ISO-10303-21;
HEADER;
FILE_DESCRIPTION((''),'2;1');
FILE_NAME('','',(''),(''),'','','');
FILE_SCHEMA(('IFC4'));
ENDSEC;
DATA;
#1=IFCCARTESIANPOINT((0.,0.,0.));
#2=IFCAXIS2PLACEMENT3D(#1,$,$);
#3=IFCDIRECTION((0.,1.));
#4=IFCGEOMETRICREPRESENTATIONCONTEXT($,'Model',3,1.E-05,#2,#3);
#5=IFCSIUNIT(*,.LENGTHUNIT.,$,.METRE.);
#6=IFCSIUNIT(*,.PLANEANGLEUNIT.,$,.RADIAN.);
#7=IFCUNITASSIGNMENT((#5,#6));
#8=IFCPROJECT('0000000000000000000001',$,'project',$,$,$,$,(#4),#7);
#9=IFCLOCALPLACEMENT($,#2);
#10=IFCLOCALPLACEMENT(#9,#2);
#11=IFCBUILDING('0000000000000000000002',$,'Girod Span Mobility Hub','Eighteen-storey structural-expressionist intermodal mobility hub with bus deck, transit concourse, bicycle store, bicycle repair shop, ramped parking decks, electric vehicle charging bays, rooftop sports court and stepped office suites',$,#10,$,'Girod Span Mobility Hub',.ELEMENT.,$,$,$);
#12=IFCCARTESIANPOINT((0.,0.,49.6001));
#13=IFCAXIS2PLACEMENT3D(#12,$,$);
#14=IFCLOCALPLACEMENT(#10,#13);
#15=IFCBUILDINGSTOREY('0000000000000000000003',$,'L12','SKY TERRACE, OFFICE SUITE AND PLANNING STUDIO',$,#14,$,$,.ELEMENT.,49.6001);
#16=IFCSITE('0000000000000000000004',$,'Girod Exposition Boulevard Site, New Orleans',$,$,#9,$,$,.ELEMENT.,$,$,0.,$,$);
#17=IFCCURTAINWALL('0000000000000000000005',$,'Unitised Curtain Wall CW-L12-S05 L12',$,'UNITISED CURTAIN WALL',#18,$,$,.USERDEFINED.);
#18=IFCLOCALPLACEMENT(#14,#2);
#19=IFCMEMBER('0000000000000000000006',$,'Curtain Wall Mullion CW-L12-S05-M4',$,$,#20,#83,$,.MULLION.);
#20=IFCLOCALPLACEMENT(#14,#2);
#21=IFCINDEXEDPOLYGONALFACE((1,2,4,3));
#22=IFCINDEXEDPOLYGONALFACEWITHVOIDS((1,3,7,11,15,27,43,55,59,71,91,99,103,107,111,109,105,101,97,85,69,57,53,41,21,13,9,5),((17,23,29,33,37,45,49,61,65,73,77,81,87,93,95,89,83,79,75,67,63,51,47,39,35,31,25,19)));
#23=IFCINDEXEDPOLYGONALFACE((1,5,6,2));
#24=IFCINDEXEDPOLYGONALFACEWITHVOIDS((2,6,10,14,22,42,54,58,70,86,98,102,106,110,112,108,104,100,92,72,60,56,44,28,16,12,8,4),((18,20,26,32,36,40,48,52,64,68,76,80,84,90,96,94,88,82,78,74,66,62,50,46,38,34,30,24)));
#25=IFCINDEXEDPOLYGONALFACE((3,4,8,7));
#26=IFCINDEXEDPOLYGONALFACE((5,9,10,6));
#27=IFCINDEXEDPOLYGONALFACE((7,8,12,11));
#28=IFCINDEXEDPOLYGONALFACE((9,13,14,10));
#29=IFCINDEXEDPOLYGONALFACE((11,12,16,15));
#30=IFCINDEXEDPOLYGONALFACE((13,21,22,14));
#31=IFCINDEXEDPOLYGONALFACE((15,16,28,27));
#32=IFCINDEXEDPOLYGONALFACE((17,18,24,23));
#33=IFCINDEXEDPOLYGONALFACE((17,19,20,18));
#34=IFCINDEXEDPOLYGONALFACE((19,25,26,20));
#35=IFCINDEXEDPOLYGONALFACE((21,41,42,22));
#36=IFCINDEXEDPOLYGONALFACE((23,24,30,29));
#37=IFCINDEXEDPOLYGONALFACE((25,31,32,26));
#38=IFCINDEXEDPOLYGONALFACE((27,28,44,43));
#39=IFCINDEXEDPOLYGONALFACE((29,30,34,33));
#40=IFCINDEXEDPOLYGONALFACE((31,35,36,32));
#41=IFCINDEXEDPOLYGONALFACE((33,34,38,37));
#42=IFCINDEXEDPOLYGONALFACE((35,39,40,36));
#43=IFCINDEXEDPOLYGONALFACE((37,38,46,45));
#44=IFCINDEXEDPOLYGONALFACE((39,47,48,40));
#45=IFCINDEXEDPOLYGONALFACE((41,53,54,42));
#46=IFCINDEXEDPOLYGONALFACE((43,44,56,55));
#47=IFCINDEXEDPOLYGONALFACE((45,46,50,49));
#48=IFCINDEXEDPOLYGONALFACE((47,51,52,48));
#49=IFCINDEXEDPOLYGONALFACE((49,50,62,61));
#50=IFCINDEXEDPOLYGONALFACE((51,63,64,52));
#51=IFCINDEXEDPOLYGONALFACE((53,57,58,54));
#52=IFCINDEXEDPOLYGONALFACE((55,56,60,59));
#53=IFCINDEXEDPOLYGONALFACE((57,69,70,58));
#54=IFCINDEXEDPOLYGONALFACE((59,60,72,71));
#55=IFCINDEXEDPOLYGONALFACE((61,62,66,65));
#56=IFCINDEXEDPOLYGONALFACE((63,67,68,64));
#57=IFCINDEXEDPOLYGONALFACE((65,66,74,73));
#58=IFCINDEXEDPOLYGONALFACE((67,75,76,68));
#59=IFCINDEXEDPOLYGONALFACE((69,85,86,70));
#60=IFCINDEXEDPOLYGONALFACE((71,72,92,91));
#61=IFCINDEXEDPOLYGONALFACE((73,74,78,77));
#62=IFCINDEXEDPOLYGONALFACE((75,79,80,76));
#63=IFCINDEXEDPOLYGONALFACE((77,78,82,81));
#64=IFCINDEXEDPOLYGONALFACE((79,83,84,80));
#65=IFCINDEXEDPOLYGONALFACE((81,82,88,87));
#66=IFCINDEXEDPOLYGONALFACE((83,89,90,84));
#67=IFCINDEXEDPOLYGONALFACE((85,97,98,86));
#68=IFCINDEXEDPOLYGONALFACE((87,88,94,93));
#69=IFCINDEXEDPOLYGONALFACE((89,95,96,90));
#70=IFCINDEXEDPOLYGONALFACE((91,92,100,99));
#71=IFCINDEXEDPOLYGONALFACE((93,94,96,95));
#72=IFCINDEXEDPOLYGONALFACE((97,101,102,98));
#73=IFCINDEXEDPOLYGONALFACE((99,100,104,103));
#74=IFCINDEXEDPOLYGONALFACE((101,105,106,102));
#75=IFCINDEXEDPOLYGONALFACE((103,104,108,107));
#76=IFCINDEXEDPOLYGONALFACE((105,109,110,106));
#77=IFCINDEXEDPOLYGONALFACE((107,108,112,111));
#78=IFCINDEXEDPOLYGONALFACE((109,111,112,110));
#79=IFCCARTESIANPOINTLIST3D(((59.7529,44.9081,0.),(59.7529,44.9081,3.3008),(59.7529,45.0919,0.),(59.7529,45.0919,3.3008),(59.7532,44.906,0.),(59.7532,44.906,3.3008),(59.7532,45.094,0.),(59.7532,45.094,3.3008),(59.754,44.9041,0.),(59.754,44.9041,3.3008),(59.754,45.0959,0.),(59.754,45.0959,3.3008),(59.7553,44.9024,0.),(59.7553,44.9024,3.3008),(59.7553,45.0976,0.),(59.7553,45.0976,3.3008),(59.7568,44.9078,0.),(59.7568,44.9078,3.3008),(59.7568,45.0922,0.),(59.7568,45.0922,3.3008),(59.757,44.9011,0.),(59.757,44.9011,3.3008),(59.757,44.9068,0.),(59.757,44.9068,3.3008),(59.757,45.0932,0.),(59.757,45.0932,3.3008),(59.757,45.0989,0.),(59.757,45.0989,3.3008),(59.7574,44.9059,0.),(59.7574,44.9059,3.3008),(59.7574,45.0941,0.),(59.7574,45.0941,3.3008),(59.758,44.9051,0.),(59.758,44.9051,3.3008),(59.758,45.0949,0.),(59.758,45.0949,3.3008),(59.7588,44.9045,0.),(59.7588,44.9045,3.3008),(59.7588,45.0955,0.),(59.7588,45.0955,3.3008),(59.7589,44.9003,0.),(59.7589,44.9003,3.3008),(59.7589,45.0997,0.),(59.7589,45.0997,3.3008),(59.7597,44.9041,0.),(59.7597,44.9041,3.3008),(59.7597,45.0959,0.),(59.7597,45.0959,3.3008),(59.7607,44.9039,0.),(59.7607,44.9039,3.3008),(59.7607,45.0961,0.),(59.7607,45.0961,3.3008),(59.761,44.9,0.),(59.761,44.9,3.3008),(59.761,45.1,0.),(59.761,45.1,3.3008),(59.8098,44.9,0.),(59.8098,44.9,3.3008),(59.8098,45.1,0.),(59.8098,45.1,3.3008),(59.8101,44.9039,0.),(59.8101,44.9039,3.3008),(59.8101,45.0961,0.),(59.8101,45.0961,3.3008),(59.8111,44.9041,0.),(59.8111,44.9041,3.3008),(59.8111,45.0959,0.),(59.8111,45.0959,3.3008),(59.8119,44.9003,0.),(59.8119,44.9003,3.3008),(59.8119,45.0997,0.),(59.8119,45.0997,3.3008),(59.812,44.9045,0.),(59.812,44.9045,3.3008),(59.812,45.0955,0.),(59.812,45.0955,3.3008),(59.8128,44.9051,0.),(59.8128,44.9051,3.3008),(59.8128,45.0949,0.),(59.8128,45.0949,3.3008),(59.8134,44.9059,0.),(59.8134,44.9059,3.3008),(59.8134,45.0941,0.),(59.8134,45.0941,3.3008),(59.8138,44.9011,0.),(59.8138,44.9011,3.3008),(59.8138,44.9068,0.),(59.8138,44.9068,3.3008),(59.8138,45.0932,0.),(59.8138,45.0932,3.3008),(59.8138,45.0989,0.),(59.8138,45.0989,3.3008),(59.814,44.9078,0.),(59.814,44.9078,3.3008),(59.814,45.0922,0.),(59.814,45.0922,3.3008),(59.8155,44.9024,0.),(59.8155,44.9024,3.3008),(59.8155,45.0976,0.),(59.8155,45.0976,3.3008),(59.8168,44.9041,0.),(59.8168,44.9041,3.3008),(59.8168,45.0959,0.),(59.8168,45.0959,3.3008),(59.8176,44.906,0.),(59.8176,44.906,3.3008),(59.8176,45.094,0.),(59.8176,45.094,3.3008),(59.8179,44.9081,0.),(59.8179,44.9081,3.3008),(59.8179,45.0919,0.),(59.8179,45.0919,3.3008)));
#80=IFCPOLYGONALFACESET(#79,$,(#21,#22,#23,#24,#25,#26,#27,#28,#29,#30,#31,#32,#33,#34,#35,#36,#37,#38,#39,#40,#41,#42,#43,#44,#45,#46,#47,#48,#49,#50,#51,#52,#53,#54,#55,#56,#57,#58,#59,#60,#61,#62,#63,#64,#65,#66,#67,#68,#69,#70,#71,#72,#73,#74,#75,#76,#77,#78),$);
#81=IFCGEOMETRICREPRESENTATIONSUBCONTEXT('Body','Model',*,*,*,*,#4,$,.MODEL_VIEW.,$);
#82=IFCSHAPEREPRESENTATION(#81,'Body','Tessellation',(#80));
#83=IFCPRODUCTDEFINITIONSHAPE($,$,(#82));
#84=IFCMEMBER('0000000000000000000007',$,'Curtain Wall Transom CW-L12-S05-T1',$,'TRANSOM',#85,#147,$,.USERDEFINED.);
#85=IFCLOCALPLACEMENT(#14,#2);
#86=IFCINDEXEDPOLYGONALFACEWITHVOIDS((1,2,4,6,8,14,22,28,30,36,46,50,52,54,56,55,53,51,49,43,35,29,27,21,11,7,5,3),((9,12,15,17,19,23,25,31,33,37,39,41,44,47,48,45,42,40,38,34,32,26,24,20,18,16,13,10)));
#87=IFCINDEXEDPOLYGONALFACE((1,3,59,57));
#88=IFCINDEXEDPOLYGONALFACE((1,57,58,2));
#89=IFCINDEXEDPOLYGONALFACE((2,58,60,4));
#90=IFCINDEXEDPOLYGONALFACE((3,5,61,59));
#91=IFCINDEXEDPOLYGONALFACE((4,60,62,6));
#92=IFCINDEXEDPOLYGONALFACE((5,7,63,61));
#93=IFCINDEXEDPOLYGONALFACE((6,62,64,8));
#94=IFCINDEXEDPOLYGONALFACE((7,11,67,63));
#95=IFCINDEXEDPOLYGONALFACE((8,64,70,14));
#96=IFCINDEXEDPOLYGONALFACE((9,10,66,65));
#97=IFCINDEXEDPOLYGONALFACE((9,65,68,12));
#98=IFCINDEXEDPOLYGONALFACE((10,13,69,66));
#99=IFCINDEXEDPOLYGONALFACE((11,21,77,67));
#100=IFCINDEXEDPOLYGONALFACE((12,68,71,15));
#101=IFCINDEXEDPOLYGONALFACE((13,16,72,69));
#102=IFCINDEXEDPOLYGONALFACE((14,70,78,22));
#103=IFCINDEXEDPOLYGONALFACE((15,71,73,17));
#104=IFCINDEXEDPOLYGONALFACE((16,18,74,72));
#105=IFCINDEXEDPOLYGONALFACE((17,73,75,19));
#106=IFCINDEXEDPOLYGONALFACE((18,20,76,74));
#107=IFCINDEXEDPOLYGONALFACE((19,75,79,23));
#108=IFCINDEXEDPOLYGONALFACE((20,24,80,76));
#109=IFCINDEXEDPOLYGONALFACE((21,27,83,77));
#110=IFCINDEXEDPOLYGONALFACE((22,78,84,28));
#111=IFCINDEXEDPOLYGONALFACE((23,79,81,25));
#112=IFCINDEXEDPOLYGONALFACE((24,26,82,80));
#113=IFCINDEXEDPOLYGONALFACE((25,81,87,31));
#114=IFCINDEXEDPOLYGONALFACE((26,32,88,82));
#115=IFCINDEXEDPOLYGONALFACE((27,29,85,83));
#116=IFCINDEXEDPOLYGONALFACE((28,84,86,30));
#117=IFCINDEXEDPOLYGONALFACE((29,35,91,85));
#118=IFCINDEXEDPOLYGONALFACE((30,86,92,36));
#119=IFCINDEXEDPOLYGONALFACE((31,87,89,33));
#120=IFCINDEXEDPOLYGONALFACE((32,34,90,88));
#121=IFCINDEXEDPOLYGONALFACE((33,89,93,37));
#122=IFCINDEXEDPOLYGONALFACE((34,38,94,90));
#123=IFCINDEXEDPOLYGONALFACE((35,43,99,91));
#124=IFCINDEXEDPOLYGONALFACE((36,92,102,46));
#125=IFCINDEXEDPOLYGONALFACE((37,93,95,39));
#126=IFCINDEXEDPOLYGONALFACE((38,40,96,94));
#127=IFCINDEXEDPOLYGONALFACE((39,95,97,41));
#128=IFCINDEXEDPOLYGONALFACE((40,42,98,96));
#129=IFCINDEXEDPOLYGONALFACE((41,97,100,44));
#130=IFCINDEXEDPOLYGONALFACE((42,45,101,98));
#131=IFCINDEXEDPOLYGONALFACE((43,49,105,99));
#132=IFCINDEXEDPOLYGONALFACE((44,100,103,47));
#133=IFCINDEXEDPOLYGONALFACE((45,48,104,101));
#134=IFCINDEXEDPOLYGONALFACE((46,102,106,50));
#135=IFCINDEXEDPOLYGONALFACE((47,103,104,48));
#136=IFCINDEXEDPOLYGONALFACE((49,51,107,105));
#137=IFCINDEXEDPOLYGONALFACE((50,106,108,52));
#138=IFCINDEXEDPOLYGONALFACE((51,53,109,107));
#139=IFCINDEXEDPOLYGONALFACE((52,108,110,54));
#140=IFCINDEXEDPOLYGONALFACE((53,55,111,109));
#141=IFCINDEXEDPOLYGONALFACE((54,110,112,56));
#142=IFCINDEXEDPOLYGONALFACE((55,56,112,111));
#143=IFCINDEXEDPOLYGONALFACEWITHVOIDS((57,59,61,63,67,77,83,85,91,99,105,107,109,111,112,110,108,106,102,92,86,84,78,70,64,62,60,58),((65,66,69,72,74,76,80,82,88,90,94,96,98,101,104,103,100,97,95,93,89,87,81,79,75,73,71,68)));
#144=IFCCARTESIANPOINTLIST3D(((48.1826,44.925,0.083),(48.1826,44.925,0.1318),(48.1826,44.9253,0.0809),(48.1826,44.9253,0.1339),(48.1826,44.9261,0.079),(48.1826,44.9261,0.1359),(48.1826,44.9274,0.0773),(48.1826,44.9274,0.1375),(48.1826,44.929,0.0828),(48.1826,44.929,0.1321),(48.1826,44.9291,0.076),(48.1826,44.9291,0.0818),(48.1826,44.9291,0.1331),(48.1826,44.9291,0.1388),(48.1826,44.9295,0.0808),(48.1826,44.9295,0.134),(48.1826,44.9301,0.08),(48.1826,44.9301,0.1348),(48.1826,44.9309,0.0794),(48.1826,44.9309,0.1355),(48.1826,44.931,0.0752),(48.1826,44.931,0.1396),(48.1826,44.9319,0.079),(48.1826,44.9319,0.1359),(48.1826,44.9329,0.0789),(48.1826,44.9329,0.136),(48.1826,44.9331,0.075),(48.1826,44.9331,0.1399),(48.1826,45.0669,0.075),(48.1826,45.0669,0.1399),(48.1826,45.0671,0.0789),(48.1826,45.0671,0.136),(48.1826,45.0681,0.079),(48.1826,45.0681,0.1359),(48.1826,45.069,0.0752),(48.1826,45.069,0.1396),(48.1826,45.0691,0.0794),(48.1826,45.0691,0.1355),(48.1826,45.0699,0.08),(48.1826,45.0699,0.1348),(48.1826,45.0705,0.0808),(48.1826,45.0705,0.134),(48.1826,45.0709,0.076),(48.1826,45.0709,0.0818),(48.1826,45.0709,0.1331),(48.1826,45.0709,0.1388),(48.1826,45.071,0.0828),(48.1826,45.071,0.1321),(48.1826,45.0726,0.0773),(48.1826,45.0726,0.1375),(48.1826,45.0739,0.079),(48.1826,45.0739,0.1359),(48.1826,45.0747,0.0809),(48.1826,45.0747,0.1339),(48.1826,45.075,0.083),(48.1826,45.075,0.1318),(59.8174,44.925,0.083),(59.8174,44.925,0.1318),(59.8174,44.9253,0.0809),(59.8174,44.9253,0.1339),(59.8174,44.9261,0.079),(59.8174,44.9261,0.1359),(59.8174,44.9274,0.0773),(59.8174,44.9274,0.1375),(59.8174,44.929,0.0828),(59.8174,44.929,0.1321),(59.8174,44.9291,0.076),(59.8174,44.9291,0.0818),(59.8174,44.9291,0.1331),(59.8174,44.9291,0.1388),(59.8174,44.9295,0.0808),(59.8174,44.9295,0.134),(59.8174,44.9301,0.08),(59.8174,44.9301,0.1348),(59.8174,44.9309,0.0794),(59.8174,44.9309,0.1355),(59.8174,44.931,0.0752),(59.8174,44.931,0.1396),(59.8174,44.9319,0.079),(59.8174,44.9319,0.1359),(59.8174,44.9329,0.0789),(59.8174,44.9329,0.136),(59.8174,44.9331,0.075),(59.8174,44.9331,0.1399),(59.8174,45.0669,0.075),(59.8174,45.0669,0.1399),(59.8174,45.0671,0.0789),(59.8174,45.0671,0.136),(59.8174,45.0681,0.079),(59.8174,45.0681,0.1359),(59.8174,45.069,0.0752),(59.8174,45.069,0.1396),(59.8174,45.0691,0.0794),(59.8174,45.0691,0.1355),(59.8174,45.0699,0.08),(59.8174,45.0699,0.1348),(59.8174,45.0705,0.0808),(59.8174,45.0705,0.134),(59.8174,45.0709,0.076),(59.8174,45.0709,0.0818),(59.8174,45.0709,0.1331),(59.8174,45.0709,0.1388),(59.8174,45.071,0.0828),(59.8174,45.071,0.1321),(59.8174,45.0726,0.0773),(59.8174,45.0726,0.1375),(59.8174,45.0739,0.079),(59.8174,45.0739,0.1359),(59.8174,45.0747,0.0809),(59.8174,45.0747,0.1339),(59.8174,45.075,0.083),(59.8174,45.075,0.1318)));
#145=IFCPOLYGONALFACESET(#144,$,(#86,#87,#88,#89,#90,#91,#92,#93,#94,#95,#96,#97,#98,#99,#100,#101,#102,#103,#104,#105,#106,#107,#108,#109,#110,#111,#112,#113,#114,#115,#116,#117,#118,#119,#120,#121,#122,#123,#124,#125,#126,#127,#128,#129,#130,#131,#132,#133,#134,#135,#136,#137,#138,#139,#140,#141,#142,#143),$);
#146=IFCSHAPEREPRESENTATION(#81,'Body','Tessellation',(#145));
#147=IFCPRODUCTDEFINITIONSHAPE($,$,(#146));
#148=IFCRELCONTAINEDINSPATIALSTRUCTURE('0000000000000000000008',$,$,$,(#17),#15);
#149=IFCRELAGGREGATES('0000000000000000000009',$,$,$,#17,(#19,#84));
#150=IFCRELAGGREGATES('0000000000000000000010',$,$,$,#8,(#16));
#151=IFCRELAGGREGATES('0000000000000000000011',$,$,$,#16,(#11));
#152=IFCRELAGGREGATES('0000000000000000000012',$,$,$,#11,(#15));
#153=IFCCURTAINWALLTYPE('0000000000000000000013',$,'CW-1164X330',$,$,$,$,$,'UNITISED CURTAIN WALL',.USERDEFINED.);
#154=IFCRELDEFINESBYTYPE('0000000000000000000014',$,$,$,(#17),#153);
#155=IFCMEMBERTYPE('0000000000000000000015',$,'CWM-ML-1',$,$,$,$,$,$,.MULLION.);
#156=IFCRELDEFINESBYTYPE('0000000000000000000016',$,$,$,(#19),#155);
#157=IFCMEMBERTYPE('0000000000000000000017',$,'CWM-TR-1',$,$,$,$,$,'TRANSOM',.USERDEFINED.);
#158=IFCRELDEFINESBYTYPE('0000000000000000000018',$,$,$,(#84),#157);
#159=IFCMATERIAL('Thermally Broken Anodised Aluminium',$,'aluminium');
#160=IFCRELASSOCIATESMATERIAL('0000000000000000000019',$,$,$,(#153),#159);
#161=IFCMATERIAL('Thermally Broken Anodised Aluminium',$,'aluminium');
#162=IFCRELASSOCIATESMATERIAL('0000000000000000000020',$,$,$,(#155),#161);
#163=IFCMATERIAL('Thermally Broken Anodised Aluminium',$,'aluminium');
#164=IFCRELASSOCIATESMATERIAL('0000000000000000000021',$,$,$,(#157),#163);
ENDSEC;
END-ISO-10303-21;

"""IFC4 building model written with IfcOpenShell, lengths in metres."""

from ifc_helpers import new_model, si_unit, direction, frame, origin, origin_2d, place, context, subcontext, project, spatial, hollow_rectangle, extrude, material, material_profile, profile_set, type_object, element, aggregate, save


model = new_model("IFC4")

# Units and contexts
model_context = context("Model", 3, precision=1e-05, world=origin(), true_north=direction((0.0, 1.0)))
body_context = subcontext(model_context, "Body", "Model", "MODEL_VIEW")
ifc_project = project(units=[si_unit("LENGTHUNIT", "METRE"), si_unit("PLANEANGLEUNIT", "RADIAN")], contexts=[model_context])

# Site, building, storey
site_placement = place(None, origin())
site = spatial("IfcSite", under=ifc_project, at=site_placement, Name="Girod Exposition Boulevard Site, New Orleans", CompositionType="ELEMENT", RefElevation=0.0)
building_placement = place(site_placement, origin())
building = spatial("IfcBuilding", under=site, at=building_placement, Name="Girod Span Mobility Hub", Description="Eighteen-storey structural-expressionist intermodal mobility hub with bus deck, transit concourse, bicycle store, bicycle repair shop, ramped parking decks, electric vehicle charging bays, rooftop sports court and stepped office suites", LongName="Girod Span Mobility Hub", CompositionType="ELEMENT")
storey_placement = place(building_placement, frame((0.0, 0.0, 49.6001)))
storey = spatial("IfcBuildingStorey", under=building, at=storey_placement, Name="L12", Description="SKY TERRACE, OFFICE SUITE AND PLANNING STUDIO", CompositionType="ELEMENT", Elevation=49.6001)

# Curtain wall, members
ifc_material_1 = material(Name="Thermally Broken Anodised Aluminium", Category="aluminium")
curtain_wall_type = type_object("IfcCurtainWallType", Name="CW-1164X330", ElementType="UNITISED CURTAIN WALL", PredefinedType="USERDEFINED", material=ifc_material_1)
curtain_wall_placement = place(storey_placement, origin())
curtain_wall = element("IfcCurtainWall", 1, at=curtain_wall_placement, inside=storey, type_object=curtain_wall_type, Name="Unitised Curtain Wall CW-L12-S05 L12", ObjectType="UNITISED CURTAIN WALL", PredefinedType="USERDEFINED")
ifc_material_2 = material(Name="Thermally Broken Anodised Aluminium", Category="aluminium")
ifc_material_profile_1 = material_profile(ifc_material_2, hollow_rectangle(XDim=0.2, YDim=0.0649, WallThickness=0.0039, InnerFilletRadius=0.0039, OuterFilletRadius=0.0081, at=origin_2d()), Name="CW-ML-65X200")
ifc_profile_set_1 = profile_set([ifc_material_profile_1], Name="Thermally Broken Anodised Aluminium")
member_type_1 = type_object("IfcMemberType", Name="CWM-ML-1", PredefinedType="MULLION", material=ifc_profile_set_1)
member_1_placement = place(storey_placement, frame((59.7854, 45.0, 0.0), z_axis=(0.0, 0.0, 1.0), x_axis=(0.0, 1.0, 0.0)))
member_1 = element("IfcMember", 2, at=member_1_placement, type_object=member_type_1, Name="Curtain Wall Mullion CW-L12-S05-M4", PredefinedType="MULLION", context=body_context, shape_type="SweptSolid", body=[
    extrude(hollow_rectangle(XDim=0.2, YDim=0.0649, WallThickness=0.0039, InnerFilletRadius=0.0039, OuterFilletRadius=0.0081, at=origin_2d()), origin(), (0.0, 0.0, 1.0), 3.3008),
])
ifc_material_3 = material(Name="Thermally Broken Anodised Aluminium", Category="aluminium")
ifc_material_profile_2 = material_profile(ifc_material_3, hollow_rectangle(XDim=0.1499, YDim=0.0649, WallThickness=0.0039, InnerFilletRadius=0.0039, OuterFilletRadius=0.0081, at=origin_2d()), Name="CW-TR-65X150")
ifc_profile_set_2 = profile_set([ifc_material_profile_2], Name="Thermally Broken Anodised Aluminium")
member_type_2 = type_object("IfcMemberType", Name="CWM-TR-1", ElementType="TRANSOM", PredefinedType="USERDEFINED", material=ifc_profile_set_2)
member_2_placement = place(storey_placement, frame((48.1826, 45.0, 0.1074), z_axis=(1.0, 0.0, 0.0), x_axis=(0.0, 1.0, 0.0)))
member_2 = element("IfcMember", 3, at=member_2_placement, type_object=member_type_2, Name="Curtain Wall Transom CW-L12-S05-T1", ObjectType="TRANSOM", PredefinedType="USERDEFINED", context=body_context, shape_type="SweptSolid", body=[
    extrude(hollow_rectangle(XDim=0.1499, YDim=0.0649, WallThickness=0.0039, InnerFilletRadius=0.0039, OuterFilletRadius=0.0081, at=origin_2d()), origin(), (0.0, 0.0, 1.0), 11.6348),
])

aggregate(curtain_wall, [member_1, member_2])

save(model, "model.ifc")
